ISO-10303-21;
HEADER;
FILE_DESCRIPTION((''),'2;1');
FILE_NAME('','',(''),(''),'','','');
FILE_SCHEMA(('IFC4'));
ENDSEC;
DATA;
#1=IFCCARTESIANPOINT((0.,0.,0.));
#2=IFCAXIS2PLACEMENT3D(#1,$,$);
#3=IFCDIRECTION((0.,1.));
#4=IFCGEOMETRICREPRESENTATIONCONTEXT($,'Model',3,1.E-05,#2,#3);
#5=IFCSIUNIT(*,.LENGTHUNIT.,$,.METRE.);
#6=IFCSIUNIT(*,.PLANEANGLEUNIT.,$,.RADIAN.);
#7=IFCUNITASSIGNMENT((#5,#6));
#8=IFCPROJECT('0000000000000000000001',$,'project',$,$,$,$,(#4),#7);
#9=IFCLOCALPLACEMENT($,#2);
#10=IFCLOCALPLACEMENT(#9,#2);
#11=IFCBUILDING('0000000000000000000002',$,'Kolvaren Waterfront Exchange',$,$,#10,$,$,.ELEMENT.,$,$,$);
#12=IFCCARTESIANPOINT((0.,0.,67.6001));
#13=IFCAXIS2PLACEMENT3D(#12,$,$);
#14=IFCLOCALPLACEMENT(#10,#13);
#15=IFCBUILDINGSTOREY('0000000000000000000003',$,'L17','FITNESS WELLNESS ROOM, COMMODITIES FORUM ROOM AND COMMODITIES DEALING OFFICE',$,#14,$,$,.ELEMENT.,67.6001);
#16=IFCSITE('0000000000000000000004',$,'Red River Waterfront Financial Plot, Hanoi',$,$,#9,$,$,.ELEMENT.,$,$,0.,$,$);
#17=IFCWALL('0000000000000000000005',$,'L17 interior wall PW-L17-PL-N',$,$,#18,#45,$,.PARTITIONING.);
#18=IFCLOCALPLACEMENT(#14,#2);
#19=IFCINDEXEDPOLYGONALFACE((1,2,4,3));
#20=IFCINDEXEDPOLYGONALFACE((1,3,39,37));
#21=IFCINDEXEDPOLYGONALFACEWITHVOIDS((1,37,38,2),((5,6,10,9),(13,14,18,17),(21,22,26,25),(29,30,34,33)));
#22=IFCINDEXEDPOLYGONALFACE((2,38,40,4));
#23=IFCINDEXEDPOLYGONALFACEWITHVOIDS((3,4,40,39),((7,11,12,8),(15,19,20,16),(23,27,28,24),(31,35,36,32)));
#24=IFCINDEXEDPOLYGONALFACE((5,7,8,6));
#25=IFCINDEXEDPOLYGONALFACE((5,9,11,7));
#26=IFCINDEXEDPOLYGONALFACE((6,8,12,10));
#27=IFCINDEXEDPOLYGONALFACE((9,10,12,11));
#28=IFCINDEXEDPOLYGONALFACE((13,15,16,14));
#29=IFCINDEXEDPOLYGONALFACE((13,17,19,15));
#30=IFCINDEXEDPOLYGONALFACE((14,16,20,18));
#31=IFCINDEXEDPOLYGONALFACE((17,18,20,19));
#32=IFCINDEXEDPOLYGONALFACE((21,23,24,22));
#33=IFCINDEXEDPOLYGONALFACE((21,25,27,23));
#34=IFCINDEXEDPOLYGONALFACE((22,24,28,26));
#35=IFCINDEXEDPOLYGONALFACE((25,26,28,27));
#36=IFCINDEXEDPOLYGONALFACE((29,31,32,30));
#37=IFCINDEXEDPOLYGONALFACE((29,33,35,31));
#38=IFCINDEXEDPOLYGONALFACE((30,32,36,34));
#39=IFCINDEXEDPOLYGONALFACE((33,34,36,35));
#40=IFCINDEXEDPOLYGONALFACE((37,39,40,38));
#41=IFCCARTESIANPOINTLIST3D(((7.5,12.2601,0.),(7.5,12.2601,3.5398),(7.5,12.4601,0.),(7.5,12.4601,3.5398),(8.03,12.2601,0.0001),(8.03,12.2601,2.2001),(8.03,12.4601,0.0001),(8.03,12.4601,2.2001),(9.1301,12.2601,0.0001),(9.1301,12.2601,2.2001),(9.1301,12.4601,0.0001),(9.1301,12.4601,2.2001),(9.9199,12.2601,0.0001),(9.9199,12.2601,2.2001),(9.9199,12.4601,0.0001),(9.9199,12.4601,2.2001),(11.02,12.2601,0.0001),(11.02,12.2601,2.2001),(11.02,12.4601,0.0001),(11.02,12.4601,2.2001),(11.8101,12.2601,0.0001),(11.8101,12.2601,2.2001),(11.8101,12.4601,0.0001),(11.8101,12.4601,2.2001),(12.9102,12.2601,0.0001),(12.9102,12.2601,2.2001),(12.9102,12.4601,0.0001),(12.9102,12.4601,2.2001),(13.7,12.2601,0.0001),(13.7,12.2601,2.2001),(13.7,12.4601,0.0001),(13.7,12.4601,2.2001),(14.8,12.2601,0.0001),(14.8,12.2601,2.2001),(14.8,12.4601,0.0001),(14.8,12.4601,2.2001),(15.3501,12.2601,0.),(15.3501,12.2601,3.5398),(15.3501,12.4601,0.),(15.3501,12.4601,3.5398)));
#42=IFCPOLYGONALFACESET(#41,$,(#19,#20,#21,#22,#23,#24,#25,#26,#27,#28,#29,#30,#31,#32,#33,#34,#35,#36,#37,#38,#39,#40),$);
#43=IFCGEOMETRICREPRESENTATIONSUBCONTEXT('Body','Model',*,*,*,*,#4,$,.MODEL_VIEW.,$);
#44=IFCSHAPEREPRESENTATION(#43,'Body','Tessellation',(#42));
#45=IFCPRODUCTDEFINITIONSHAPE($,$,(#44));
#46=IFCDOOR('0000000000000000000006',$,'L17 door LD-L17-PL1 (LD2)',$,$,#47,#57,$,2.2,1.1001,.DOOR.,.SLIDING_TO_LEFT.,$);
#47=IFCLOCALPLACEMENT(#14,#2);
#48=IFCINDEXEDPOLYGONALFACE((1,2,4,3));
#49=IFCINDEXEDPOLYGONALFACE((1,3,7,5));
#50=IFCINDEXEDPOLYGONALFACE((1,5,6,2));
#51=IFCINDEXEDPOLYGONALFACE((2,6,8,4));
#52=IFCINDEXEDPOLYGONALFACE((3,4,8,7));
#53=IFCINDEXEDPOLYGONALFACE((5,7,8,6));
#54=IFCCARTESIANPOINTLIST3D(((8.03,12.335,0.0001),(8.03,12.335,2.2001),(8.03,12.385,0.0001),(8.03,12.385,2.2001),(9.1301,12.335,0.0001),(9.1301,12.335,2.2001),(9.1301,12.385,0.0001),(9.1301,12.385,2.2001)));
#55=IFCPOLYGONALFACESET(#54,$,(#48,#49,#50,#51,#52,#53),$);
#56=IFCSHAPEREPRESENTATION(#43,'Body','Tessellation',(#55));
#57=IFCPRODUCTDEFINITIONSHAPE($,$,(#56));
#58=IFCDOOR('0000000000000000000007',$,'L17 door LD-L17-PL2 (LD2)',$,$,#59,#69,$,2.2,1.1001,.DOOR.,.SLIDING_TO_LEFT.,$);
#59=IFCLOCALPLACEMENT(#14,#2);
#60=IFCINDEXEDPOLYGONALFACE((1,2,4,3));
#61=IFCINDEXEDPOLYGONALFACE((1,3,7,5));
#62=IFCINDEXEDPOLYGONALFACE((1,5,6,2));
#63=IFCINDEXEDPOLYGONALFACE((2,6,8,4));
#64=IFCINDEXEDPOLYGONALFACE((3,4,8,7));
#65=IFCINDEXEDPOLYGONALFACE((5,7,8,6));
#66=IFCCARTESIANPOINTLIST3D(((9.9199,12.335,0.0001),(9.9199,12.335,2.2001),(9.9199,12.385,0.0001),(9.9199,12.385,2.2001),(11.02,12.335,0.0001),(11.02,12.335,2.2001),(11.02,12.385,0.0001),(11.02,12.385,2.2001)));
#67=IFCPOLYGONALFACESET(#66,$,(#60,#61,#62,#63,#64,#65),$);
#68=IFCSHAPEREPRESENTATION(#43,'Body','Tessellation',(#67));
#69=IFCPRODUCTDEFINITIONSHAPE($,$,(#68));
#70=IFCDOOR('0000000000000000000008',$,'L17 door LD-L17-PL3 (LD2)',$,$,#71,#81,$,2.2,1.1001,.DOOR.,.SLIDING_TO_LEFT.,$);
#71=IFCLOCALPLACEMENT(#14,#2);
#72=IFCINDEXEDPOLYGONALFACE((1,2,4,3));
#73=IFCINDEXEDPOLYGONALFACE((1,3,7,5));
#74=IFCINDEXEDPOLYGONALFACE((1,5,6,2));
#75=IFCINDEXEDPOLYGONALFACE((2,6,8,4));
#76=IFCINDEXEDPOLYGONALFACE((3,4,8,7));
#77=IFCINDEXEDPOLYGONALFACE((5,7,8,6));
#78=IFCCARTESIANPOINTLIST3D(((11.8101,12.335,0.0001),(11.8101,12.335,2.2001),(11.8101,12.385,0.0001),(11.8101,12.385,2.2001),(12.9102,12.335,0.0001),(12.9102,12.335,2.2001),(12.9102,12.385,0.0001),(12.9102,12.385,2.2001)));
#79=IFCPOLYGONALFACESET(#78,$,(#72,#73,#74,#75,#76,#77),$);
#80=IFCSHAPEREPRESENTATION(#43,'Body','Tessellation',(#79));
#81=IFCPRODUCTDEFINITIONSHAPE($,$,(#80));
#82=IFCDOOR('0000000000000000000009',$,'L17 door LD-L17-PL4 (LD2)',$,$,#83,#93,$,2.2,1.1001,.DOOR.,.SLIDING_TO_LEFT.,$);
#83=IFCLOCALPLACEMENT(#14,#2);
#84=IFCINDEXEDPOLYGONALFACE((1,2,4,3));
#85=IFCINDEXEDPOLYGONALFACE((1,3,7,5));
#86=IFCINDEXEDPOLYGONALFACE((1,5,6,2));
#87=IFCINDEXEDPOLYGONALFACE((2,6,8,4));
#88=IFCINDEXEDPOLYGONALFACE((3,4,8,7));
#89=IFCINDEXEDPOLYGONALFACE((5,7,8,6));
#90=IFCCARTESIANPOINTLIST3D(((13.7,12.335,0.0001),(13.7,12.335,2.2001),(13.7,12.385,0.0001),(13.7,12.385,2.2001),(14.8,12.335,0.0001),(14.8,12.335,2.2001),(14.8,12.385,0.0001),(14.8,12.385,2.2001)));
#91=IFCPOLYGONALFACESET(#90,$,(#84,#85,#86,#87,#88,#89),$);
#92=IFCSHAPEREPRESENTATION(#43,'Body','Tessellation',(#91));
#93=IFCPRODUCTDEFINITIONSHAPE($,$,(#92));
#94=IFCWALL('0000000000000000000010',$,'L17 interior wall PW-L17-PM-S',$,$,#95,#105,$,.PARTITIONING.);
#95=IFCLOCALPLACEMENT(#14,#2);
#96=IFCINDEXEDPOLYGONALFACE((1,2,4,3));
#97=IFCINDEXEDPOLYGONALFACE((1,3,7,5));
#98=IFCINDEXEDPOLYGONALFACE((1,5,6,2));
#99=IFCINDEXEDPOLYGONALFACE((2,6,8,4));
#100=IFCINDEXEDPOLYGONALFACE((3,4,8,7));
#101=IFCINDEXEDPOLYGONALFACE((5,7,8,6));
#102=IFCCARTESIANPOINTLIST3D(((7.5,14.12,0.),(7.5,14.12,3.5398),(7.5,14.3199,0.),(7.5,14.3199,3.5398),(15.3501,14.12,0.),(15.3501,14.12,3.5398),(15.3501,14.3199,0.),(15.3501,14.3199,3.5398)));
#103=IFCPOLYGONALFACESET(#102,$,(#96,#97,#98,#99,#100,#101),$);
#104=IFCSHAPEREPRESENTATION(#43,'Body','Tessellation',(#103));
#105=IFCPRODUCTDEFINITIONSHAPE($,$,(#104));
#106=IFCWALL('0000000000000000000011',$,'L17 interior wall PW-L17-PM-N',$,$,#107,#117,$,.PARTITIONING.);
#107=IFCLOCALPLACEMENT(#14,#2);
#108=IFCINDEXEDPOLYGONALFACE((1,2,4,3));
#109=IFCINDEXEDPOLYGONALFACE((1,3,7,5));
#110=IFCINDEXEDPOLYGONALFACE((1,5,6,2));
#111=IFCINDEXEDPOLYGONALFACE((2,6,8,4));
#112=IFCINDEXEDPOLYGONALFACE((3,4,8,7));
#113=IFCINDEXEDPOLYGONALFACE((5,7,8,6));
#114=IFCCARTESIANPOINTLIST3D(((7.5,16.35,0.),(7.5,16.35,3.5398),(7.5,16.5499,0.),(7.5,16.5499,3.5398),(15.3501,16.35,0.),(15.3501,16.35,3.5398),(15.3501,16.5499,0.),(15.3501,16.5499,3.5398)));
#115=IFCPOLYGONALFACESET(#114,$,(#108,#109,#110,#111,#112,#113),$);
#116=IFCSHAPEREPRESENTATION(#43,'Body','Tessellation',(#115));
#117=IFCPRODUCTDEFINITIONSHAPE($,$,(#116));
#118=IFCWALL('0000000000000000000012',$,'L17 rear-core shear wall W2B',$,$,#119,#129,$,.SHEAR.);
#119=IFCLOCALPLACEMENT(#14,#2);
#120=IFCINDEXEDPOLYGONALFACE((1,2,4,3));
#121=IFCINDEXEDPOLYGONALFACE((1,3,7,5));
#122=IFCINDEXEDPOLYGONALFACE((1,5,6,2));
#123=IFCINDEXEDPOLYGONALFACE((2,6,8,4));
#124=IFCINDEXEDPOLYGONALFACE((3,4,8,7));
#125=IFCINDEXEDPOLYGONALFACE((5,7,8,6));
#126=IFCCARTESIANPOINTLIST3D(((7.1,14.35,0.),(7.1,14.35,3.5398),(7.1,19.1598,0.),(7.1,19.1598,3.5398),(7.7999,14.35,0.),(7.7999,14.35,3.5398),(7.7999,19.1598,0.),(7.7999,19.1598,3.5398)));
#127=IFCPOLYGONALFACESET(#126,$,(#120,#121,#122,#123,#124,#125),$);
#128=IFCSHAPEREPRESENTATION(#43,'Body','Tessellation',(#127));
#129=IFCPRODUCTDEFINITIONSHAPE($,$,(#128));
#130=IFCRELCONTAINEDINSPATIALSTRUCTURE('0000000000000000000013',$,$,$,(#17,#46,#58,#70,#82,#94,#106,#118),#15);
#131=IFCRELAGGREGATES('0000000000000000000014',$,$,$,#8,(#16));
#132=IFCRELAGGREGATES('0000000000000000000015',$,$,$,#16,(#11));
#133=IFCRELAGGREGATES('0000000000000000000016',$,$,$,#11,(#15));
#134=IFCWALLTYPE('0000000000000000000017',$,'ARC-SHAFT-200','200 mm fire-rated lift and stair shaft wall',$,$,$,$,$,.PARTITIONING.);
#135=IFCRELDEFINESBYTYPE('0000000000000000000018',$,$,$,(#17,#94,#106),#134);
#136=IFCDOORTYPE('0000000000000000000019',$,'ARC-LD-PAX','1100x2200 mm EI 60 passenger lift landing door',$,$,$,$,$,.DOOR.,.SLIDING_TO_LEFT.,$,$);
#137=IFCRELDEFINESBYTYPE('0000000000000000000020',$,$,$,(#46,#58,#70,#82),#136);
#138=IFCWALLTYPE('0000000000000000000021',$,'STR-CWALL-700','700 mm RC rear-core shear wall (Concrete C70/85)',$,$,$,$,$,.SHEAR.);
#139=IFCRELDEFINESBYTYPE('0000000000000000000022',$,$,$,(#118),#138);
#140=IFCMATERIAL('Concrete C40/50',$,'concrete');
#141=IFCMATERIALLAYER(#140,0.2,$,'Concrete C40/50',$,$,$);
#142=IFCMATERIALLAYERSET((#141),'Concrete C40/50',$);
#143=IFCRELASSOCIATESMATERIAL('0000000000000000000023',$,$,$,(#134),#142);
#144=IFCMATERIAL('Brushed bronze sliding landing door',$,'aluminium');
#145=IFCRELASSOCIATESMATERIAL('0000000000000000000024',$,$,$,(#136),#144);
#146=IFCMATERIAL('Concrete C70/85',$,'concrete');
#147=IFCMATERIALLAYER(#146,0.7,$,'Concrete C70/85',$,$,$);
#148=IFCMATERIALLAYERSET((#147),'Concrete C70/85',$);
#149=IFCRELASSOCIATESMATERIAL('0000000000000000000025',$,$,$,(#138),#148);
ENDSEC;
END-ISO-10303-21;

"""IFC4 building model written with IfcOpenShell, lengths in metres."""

from ifc_helpers import new_model, si_unit, direction, frame, frame_2d, origin, place, context, subcontext, project, spatial, rectangle, extrude, material, layer, layer_set, type_object, element, fill, save


model = new_model("IFC4")

# Units and contexts
model_context = context("Model", 3, precision=1e-05, world=origin(), true_north=direction((0.0, 1.0)))
body_context = subcontext(model_context, "Body", "Model", "MODEL_VIEW")
ifc_project = project(units=[si_unit("LENGTHUNIT", "METRE"), si_unit("PLANEANGLEUNIT", "RADIAN")], contexts=[model_context])

# Site, building, storey
site_placement = place(None, origin())
site = spatial("IfcSite", under=ifc_project, at=site_placement, Name="Red River Waterfront Financial Plot, Hanoi", CompositionType="ELEMENT", RefElevation=0.0)
building_placement = place(site_placement, origin())
building = spatial("IfcBuilding", under=site, at=building_placement, Name="Kolvaren Waterfront Exchange", CompositionType="ELEMENT")
storey_placement = place(building_placement, frame((0.0, 0.0, 67.6001)))
storey = spatial("IfcBuildingStorey", under=building, at=storey_placement, Name="L17", Description="FITNESS WELLNESS ROOM, COMMODITIES FORUM ROOM AND COMMODITIES DEALING OFFICE", CompositionType="ELEMENT", Elevation=67.6001)

# Wall, openings, doors
ifc_material_1 = material(Name="Concrete C40/50", Category="concrete")
ifc_layer_1 = layer(ifc_material_1, 0.2, Name="Concrete C40/50")
ifc_layer_set_1 = layer_set([ifc_layer_1], Name="Concrete C40/50")
wall_type_1 = type_object("IfcWallType", Name="ARC-SHAFT-200", Description="200 mm fire-rated lift and stair shaft wall", PredefinedType="PARTITIONING", material=ifc_layer_set_1)
wall_1_placement = place(storey_placement, frame((7.5, 12.3601, 0.0), z_axis=(0.0, 0.0, 1.0), x_axis=(1.0, 0.0, 0.0)))
wall_1 = element("IfcWall", 1, at=wall_1_placement, inside=storey, type_object=wall_type_1, Name="L17 interior wall PW-L17-PL-N", PredefinedType="PARTITIONING", context=body_context, shape_type="SweptSolid", body=[
    extrude(rectangle(XDim=7.8501, YDim=0.2, at=frame_2d((3.925, 0.0))), origin(), (0.0, 0.0, 1.0), 3.5398),
])
opening_1_placement = place(wall_1_placement, frame((0.53, 0.0, 0.0)))
opening_1 = element("IfcOpeningElement", 2, at=opening_1_placement, cuts=wall_1, PredefinedType="OPENING", context=body_context, shape_type="SweptSolid", body=[
    extrude(rectangle(XDim=1.1001, YDim=2.2, at=frame_2d((0.55, 1.1001))), frame((0.0, 0.1099, 0.0), z_axis=(0.0, -1.0, 0.0), x_axis=(1.0, 0.0, 0.0)), (0.0, 0.0, 1.0), 0.22),
])
opening_2_placement = place(wall_1_placement, frame((2.4199, 0.0, 0.0)))
opening_2 = element("IfcOpeningElement", 3, at=opening_2_placement, cuts=wall_1, PredefinedType="OPENING", context=body_context, shape_type="SweptSolid", body=[
    extrude(rectangle(XDim=1.1001, YDim=2.2, at=frame_2d((0.55, 1.1001))), frame((0.0, 0.1099, 0.0), z_axis=(0.0, -1.0, 0.0), x_axis=(1.0, 0.0, 0.0)), (0.0, 0.0, 1.0), 0.22),
])
opening_3_placement = place(wall_1_placement, frame((4.3101, 0.0, 0.0)))
opening_3 = element("IfcOpeningElement", 4, at=opening_3_placement, cuts=wall_1, PredefinedType="OPENING", context=body_context, shape_type="SweptSolid", body=[
    extrude(rectangle(XDim=1.1001, YDim=2.2, at=frame_2d((0.55, 1.1001))), frame((0.0, 0.1099, 0.0), z_axis=(0.0, -1.0, 0.0), x_axis=(1.0, 0.0, 0.0)), (0.0, 0.0, 1.0), 0.22),
])
opening_4_placement = place(wall_1_placement, frame((6.2, 0.0, 0.0)))
opening_4 = element("IfcOpeningElement", 5, at=opening_4_placement, cuts=wall_1, PredefinedType="OPENING", context=body_context, shape_type="SweptSolid", body=[
    extrude(rectangle(XDim=1.1001, YDim=2.2, at=frame_2d((0.55, 1.1001))), frame((0.0, 0.1099, 0.0), z_axis=(0.0, -1.0, 0.0), x_axis=(1.0, 0.0, 0.0)), (0.0, 0.0, 1.0), 0.22),
])
ifc_material_2 = material(Name="Brushed bronze sliding landing door", Category="aluminium")
door_type = type_object("IfcDoorType", Name="ARC-LD-PAX", Description="1100x2200 mm EI 60 passenger lift landing door", OperationType="SLIDING_TO_LEFT", PredefinedType="DOOR", material=ifc_material_2)
door_1_placement = place(opening_1_placement, origin())
door_1 = element("IfcDoor", 6, at=door_1_placement, inside=storey, type_object=door_type, Name="L17 door LD-L17-PL1 (LD2)", OperationType="SLIDING_TO_LEFT", OverallHeight=2.2, OverallWidth=1.1001, PredefinedType="DOOR", context=body_context, shape_type="SweptSolid", body=[
    extrude(rectangle(XDim=1.1001, YDim=2.2, at=frame_2d((0.55, 1.1001))), frame((0.0, 0.0249, 0.0), z_axis=(0.0, -1.0, 0.0), x_axis=(1.0, 0.0, 0.0)), (0.0, 0.0, 1.0), 0.05),
])
fill(opening_1, door_1)
door_2_placement = place(opening_2_placement, origin())
door_2 = element("IfcDoor", 7, at=door_2_placement, inside=storey, type_object=door_type, Name="L17 door LD-L17-PL2 (LD2)", OperationType="SLIDING_TO_LEFT", OverallHeight=2.2, OverallWidth=1.1001, PredefinedType="DOOR", context=body_context, shape_type="SweptSolid", body=[
    extrude(rectangle(XDim=1.1001, YDim=2.2, at=frame_2d((0.55, 1.1001))), frame((0.0, 0.0249, 0.0), z_axis=(0.0, -1.0, 0.0), x_axis=(1.0, 0.0, 0.0)), (0.0, 0.0, 1.0), 0.05),
])
fill(opening_2, door_2)
door_3_placement = place(opening_3_placement, origin())
door_3 = element("IfcDoor", 8, at=door_3_placement, inside=storey, type_object=door_type, Name="L17 door LD-L17-PL3 (LD2)", OperationType="SLIDING_TO_LEFT", OverallHeight=2.2, OverallWidth=1.1001, PredefinedType="DOOR", context=body_context, shape_type="SweptSolid", body=[
    extrude(rectangle(XDim=1.1001, YDim=2.2, at=frame_2d((0.55, 1.1001))), frame((0.0, 0.0249, 0.0), z_axis=(0.0, -1.0, 0.0), x_axis=(1.0, 0.0, 0.0)), (0.0, 0.0, 1.0), 0.05),
])
fill(opening_3, door_3)
door_4_placement = place(opening_4_placement, origin())
door_4 = element("IfcDoor", 9, at=door_4_placement, inside=storey, type_object=door_type, Name="L17 door LD-L17-PL4 (LD2)", OperationType="SLIDING_TO_LEFT", OverallHeight=2.2, OverallWidth=1.1001, PredefinedType="DOOR", context=body_context, shape_type="SweptSolid", body=[
    extrude(rectangle(XDim=1.1001, YDim=2.2, at=frame_2d((0.55, 1.1001))), frame((0.0, 0.0249, 0.0), z_axis=(0.0, -1.0, 0.0), x_axis=(1.0, 0.0, 0.0)), (0.0, 0.0, 1.0), 0.05),
])
fill(opening_4, door_4)

# Walls
for number, where, z_axis, x_axis, name in (
    (10, (7.5, 14.22, 0.0), (0.0, 0.0, 1.0), (1.0, 0.0, 0.0), "L17 interior wall PW-L17-PM-S"),
    (11, (7.5, 16.45, 0.0), (0.0, 0.0, 1.0), (1.0, 0.0, 0.0), "L17 interior wall PW-L17-PM-N"),
):
    element("IfcWall", number, at=place(storey_placement, frame(where, z_axis=z_axis, x_axis=x_axis)), inside=storey, type_object=wall_type_1, Name=name, PredefinedType="PARTITIONING", context=body_context, shape_type="SweptSolid", body=[
        extrude(rectangle(XDim=7.8501, YDim=0.2, at=frame_2d((3.925, 0.0))), origin(), (0.0, 0.0, 1.0), 3.5398),
    ])
ifc_material_3 = material(Name="Concrete C70/85", Category="concrete")
ifc_layer_2 = layer(ifc_material_3, 0.7, Name="Concrete C70/85")
ifc_layer_set_2 = layer_set([ifc_layer_2], Name="Concrete C70/85")
wall_type_2 = type_object("IfcWallType", Name="STR-CWALL-700", Description="700 mm RC rear-core shear wall (Concrete C70/85)", PredefinedType="SHEAR", material=ifc_layer_set_2)
wall_2_placement = place(storey_placement, frame((7.45, 14.3501, 0.0), z_axis=(0.0, 0.0, 1.0), x_axis=(0.0, 1.0, 0.0)))
element("IfcWall", 12, at=wall_2_placement, inside=storey, type_object=wall_type_2, Name="L17 rear-core shear wall W2B", PredefinedType="SHEAR", context=body_context, shape_type="SweptSolid", body=[
    extrude(rectangle(XDim=4.8098, YDim=0.7, at=frame_2d((2.4048, 0.0))), origin(), (0.0, 0.0, 1.0), 3.5398),
])

save(model, "model.ifc")
